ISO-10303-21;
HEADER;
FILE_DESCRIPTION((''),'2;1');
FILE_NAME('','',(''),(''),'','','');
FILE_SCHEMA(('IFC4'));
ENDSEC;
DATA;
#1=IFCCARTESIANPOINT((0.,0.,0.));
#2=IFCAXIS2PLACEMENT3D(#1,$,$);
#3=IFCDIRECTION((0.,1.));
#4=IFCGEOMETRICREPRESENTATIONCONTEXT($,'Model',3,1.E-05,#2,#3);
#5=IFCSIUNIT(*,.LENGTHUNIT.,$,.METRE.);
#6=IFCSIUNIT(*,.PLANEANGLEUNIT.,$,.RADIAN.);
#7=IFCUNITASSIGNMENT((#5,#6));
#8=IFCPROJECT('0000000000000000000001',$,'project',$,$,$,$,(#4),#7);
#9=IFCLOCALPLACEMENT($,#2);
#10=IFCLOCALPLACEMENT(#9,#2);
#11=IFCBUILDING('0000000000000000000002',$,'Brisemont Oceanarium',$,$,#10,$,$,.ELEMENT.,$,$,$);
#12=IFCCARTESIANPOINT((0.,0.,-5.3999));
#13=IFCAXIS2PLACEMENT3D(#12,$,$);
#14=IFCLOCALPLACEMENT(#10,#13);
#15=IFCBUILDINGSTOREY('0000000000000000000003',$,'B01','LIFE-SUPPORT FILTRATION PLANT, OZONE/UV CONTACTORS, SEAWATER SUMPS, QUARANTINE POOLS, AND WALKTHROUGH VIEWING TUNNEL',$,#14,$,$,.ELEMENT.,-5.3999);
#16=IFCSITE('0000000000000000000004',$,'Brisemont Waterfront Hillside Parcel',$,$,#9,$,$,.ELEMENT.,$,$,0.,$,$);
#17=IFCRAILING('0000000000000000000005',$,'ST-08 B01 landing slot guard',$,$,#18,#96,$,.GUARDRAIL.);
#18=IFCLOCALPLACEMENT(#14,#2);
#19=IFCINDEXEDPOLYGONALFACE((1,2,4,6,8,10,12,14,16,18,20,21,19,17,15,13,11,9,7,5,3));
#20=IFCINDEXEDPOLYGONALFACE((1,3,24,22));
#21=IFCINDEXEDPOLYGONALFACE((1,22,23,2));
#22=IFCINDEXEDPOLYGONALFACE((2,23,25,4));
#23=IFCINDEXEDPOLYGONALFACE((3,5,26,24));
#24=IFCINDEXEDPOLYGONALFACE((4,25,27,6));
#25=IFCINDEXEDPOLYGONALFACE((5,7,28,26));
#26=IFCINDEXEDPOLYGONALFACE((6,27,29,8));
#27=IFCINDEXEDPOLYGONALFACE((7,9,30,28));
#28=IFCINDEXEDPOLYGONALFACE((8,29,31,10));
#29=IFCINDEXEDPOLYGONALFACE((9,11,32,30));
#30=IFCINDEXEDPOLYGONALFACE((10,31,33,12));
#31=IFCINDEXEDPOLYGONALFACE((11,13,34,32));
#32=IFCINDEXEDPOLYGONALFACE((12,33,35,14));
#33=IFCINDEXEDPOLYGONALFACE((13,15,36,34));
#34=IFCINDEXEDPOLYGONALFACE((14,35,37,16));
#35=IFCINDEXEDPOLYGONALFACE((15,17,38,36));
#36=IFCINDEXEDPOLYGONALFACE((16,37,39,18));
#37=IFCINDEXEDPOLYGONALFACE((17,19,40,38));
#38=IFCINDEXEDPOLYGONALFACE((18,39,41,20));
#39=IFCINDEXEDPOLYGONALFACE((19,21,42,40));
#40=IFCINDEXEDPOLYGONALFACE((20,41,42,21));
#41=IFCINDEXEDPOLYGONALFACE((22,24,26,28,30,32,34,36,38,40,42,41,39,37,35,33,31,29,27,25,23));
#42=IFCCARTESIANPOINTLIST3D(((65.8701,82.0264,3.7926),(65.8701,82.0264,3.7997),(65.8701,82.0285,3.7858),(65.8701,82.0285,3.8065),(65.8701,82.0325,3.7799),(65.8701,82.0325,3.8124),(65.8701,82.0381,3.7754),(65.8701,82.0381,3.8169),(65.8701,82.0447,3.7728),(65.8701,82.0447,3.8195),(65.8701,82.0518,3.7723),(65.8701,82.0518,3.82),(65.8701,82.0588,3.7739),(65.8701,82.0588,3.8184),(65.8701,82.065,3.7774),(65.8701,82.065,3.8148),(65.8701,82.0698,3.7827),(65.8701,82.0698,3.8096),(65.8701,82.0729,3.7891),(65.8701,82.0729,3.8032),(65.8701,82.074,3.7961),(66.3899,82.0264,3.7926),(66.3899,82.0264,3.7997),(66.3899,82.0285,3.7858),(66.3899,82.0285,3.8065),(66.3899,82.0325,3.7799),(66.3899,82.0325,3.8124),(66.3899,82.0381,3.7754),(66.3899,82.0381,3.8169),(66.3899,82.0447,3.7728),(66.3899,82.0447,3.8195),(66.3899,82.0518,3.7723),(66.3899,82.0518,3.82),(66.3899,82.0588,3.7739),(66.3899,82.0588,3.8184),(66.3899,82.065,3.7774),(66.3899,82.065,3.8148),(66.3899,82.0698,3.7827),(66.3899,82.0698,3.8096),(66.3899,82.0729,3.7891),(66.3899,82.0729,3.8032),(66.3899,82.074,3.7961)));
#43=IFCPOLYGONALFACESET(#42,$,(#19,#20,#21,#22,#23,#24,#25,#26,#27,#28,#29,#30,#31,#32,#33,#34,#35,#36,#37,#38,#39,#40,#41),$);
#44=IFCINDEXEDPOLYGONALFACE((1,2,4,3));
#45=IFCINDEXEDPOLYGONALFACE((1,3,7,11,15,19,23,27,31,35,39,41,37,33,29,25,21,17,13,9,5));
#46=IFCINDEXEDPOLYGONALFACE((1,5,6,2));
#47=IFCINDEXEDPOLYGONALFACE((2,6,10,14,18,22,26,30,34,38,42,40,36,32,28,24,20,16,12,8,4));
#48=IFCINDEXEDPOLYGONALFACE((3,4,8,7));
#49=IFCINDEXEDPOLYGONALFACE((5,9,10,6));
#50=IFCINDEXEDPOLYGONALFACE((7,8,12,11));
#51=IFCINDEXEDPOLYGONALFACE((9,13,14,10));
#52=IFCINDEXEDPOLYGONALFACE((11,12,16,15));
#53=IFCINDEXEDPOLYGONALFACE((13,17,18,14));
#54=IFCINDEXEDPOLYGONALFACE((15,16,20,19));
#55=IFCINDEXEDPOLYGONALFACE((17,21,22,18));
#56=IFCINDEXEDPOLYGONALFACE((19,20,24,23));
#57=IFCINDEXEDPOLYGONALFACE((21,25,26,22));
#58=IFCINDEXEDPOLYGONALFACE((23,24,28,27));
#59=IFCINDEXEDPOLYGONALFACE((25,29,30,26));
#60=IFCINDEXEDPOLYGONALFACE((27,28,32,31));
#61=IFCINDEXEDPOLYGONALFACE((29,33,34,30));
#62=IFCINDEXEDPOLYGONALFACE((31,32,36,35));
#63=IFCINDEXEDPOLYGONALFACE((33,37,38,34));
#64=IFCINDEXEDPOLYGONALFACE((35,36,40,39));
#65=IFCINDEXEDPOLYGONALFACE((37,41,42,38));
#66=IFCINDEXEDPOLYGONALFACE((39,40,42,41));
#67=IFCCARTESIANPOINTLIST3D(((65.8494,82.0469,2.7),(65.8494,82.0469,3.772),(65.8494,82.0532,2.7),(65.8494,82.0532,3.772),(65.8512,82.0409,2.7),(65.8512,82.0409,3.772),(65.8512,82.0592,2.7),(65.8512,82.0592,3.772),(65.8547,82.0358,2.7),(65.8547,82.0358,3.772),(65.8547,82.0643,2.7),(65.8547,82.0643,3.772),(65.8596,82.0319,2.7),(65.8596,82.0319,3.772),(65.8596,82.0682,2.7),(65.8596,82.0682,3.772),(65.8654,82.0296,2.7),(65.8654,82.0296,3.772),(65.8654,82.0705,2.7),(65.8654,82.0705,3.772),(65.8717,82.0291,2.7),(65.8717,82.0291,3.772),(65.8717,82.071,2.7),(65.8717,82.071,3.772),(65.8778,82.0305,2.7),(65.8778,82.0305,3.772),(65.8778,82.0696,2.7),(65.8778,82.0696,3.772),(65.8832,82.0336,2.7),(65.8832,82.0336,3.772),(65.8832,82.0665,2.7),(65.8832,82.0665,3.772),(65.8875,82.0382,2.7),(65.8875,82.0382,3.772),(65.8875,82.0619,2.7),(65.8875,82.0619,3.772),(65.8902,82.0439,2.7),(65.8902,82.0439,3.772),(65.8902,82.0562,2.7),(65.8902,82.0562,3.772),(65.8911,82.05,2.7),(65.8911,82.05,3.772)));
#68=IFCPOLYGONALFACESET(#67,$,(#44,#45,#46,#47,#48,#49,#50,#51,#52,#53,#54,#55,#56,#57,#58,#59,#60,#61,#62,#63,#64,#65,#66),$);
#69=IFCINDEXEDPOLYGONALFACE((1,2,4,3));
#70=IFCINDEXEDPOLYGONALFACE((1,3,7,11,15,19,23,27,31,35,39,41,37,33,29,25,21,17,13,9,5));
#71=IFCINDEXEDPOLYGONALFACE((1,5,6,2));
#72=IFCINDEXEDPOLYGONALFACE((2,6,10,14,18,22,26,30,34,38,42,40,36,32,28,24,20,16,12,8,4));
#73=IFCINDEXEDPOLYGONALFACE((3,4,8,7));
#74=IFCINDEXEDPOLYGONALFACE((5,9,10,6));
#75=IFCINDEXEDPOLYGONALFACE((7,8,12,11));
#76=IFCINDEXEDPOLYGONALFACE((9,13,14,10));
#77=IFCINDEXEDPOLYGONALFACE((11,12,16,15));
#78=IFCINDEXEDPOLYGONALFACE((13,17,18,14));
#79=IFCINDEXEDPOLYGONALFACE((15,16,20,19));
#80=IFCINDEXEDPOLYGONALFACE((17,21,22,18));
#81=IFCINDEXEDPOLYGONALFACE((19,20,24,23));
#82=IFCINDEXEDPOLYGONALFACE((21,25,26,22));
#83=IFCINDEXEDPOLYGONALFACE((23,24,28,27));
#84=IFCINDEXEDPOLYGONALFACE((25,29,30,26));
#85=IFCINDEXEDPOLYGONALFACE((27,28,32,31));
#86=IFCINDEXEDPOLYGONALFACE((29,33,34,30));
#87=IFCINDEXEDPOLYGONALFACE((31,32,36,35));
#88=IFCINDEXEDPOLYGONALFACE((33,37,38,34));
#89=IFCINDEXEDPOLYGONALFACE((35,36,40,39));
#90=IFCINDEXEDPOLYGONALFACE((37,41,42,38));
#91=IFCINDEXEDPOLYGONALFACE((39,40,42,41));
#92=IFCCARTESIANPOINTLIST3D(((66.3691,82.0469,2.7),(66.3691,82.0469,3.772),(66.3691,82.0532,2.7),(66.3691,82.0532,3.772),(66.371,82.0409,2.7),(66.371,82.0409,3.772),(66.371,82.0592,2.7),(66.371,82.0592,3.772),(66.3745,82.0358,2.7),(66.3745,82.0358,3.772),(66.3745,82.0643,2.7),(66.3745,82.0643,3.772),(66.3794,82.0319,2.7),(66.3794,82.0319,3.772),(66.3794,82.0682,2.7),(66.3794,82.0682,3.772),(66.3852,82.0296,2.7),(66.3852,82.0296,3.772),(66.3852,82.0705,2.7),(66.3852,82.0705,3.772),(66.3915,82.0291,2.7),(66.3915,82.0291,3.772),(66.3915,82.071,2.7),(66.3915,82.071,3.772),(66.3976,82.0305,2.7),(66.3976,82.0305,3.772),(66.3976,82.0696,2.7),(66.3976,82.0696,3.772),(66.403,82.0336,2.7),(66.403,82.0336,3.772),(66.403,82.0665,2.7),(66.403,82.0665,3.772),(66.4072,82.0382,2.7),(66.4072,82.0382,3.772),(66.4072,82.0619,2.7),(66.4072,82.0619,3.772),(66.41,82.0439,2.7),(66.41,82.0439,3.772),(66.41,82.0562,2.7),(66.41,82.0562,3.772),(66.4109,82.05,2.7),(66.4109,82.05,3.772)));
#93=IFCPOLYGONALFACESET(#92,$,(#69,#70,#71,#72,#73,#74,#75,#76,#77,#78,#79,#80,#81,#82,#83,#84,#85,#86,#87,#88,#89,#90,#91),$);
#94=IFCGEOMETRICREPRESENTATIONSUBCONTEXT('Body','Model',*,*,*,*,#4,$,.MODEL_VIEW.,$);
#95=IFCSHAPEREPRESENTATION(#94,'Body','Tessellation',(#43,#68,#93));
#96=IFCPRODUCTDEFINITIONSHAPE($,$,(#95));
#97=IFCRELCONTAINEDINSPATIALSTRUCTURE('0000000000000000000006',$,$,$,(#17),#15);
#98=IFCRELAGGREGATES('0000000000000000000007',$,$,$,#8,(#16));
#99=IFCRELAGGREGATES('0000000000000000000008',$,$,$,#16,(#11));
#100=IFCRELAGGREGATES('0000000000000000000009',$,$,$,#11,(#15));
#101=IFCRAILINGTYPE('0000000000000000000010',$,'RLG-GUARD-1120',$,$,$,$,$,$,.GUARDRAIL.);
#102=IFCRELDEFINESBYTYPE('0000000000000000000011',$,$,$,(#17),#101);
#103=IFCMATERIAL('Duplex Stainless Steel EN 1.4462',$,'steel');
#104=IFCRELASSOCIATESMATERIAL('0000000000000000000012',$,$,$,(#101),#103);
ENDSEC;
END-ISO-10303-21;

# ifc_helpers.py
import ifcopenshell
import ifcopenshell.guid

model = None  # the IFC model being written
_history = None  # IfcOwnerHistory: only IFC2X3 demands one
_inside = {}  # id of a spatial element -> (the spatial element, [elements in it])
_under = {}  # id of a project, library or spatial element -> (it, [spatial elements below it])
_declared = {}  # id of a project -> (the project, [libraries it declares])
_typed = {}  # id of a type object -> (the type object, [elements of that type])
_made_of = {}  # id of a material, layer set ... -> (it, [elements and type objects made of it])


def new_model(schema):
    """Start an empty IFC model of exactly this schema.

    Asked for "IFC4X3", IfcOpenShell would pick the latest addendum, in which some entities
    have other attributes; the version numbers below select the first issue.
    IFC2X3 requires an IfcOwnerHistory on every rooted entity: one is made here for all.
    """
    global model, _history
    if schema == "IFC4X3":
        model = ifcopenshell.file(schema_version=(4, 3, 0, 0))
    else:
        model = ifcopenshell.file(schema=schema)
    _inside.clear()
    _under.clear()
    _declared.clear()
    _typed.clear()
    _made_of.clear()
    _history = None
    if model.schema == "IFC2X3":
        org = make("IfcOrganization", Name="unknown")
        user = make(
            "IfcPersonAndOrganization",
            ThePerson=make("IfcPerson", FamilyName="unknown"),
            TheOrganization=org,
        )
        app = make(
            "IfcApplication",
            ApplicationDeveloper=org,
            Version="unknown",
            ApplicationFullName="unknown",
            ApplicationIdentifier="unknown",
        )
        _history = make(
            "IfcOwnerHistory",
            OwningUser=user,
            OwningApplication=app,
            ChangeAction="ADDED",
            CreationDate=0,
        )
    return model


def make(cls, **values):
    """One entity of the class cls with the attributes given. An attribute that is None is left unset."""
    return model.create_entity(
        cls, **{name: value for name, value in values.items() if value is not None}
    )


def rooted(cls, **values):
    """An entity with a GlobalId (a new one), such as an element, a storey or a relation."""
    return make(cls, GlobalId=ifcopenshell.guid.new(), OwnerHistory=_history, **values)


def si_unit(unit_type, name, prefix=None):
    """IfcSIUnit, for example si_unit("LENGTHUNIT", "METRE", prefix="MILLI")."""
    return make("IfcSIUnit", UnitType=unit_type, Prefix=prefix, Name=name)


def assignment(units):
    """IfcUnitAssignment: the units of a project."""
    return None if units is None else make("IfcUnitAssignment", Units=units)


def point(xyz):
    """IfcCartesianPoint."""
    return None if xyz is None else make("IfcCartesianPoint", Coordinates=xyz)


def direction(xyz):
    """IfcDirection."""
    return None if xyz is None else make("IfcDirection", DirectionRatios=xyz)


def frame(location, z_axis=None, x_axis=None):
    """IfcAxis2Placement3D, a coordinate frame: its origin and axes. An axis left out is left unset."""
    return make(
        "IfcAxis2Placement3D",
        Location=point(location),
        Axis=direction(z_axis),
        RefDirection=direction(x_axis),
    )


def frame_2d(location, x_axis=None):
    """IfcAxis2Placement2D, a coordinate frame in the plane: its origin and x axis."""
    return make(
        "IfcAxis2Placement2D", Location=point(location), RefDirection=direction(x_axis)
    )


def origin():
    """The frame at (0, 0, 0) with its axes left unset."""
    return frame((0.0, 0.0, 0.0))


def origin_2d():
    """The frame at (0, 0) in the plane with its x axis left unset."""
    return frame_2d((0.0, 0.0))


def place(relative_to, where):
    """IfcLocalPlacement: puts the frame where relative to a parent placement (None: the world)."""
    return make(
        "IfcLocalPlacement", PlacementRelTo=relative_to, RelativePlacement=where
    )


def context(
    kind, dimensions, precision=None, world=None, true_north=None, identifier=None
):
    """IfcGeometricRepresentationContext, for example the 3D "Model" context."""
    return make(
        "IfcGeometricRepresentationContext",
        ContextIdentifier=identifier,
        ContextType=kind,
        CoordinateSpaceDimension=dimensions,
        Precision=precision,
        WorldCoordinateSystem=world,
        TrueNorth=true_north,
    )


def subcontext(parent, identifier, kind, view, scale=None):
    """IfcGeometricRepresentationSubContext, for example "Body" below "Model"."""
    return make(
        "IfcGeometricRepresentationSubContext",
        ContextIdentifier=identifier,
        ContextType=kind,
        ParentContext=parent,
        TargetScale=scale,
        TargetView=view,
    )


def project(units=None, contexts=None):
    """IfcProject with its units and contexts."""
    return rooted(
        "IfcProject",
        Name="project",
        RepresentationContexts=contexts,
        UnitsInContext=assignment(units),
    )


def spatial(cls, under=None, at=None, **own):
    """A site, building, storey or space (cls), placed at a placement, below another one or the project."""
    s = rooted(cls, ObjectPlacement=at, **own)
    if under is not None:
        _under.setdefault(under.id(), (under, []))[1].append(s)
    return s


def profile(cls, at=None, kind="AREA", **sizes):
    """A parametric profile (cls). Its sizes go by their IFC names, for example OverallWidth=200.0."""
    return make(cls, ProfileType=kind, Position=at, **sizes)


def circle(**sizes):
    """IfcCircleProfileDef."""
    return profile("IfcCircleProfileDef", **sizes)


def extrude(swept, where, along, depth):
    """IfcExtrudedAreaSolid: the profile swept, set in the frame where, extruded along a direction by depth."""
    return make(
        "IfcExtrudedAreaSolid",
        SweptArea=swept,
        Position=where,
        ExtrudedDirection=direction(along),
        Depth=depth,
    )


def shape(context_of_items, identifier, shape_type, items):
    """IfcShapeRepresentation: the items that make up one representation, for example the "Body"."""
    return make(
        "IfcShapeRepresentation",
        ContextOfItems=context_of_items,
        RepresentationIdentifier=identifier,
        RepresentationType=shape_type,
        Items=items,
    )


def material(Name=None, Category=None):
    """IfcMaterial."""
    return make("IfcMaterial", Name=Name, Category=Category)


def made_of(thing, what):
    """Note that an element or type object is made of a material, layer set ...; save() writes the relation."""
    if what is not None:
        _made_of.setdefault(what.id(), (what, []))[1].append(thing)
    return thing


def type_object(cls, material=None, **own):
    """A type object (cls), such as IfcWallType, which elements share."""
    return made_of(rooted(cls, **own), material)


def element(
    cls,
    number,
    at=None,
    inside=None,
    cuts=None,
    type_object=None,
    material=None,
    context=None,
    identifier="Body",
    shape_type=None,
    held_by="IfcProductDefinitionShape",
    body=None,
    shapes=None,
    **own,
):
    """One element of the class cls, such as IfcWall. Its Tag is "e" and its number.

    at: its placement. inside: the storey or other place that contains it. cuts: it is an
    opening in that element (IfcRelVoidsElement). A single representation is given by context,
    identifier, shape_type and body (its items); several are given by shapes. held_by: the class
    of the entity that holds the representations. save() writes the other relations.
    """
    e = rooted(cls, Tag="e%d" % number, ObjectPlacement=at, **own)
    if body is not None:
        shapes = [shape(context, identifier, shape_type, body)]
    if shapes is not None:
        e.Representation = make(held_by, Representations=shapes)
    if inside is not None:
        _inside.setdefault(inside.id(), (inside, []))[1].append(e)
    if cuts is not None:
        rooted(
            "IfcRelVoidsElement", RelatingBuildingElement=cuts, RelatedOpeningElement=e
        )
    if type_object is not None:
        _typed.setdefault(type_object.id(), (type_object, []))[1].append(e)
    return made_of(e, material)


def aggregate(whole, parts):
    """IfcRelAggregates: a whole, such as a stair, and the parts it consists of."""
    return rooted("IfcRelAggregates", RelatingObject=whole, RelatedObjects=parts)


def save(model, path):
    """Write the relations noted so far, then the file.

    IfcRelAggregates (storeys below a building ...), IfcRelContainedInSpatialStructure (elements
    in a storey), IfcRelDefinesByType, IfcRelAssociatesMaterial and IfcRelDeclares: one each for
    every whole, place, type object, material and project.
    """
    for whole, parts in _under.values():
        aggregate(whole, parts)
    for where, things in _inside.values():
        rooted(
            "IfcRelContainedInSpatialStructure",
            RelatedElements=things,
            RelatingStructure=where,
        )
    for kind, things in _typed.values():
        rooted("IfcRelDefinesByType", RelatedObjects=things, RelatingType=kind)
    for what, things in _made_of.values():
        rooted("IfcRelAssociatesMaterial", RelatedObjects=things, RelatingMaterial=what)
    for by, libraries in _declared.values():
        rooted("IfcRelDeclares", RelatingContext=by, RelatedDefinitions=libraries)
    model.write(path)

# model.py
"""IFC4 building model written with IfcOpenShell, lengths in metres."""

from ifc_helpers import new_model, si_unit, direction, frame, origin, origin_2d, place, context, subcontext, project, spatial, circle, extrude, material, type_object, element, save


model = new_model("IFC4")

# Units and contexts
model_context = context("Model", 3, precision=1e-05, world=origin(), true_north=direction((0.0, 1.0)))
body_context = subcontext(model_context, "Body", "Model", "MODEL_VIEW")
ifc_project = project(units=[si_unit("LENGTHUNIT", "METRE"), si_unit("PLANEANGLEUNIT", "RADIAN")], contexts=[model_context])

# Site, building, storey
site_placement = place(None, origin())
site = spatial("IfcSite", under=ifc_project, at=site_placement, Name="Brisemont Waterfront Hillside Parcel", CompositionType="ELEMENT", RefElevation=0.0)
building_placement = place(site_placement, origin())
building = spatial("IfcBuilding", under=site, at=building_placement, Name="Brisemont Oceanarium", CompositionType="ELEMENT")
storey_placement = place(building_placement, frame((0.0, 0.0, -5.3999)))
storey = spatial("IfcBuildingStorey", under=building, at=storey_placement, Name="B01", Description="LIFE-SUPPORT FILTRATION PLANT, OZONE/UV CONTACTORS, SEAWATER SUMPS, QUARANTINE POOLS, AND WALKTHROUGH VIEWING TUNNEL", CompositionType="ELEMENT", Elevation=-5.3999)

# Railing
ifc_material_1 = material(Name="Duplex Stainless Steel EN 1.4462", Category="steel")
railing_type_1 = type_object("IfcRailingType", Name="RLG-GUARD-1120", PredefinedType="GUARDRAIL", material=ifc_material_1)
railing_1_placement = place(storey_placement, frame((65.8701, 82.05, 2.7)))
element("IfcRailing", 1, at=railing_1_placement, inside=storey, type_object=railing_type_1, Name="ST-08 B01 landing slot guard", PredefinedType="GUARDRAIL", context=body_context, shape_type="SweptSolid", body=[
    extrude(circle(Radius=0.0239, at=origin_2d()), frame((0.0, 0.0, 1.0962), z_axis=(1.0, 0.0, 0.0), x_axis=(0.0, 1.0, 0.0)), (0.0, 0.0, 1.0), 0.5198),
    extrude(circle(Radius=0.021, at=origin_2d()), origin(), (0.0, 0.0, 1.0), 1.072),
    extrude(circle(Radius=0.021, at=origin_2d()), frame((0.5198, 0.0, 0.0)), (0.0, 0.0, 1.0), 1.072),
])

save(model, "model.ifc")
